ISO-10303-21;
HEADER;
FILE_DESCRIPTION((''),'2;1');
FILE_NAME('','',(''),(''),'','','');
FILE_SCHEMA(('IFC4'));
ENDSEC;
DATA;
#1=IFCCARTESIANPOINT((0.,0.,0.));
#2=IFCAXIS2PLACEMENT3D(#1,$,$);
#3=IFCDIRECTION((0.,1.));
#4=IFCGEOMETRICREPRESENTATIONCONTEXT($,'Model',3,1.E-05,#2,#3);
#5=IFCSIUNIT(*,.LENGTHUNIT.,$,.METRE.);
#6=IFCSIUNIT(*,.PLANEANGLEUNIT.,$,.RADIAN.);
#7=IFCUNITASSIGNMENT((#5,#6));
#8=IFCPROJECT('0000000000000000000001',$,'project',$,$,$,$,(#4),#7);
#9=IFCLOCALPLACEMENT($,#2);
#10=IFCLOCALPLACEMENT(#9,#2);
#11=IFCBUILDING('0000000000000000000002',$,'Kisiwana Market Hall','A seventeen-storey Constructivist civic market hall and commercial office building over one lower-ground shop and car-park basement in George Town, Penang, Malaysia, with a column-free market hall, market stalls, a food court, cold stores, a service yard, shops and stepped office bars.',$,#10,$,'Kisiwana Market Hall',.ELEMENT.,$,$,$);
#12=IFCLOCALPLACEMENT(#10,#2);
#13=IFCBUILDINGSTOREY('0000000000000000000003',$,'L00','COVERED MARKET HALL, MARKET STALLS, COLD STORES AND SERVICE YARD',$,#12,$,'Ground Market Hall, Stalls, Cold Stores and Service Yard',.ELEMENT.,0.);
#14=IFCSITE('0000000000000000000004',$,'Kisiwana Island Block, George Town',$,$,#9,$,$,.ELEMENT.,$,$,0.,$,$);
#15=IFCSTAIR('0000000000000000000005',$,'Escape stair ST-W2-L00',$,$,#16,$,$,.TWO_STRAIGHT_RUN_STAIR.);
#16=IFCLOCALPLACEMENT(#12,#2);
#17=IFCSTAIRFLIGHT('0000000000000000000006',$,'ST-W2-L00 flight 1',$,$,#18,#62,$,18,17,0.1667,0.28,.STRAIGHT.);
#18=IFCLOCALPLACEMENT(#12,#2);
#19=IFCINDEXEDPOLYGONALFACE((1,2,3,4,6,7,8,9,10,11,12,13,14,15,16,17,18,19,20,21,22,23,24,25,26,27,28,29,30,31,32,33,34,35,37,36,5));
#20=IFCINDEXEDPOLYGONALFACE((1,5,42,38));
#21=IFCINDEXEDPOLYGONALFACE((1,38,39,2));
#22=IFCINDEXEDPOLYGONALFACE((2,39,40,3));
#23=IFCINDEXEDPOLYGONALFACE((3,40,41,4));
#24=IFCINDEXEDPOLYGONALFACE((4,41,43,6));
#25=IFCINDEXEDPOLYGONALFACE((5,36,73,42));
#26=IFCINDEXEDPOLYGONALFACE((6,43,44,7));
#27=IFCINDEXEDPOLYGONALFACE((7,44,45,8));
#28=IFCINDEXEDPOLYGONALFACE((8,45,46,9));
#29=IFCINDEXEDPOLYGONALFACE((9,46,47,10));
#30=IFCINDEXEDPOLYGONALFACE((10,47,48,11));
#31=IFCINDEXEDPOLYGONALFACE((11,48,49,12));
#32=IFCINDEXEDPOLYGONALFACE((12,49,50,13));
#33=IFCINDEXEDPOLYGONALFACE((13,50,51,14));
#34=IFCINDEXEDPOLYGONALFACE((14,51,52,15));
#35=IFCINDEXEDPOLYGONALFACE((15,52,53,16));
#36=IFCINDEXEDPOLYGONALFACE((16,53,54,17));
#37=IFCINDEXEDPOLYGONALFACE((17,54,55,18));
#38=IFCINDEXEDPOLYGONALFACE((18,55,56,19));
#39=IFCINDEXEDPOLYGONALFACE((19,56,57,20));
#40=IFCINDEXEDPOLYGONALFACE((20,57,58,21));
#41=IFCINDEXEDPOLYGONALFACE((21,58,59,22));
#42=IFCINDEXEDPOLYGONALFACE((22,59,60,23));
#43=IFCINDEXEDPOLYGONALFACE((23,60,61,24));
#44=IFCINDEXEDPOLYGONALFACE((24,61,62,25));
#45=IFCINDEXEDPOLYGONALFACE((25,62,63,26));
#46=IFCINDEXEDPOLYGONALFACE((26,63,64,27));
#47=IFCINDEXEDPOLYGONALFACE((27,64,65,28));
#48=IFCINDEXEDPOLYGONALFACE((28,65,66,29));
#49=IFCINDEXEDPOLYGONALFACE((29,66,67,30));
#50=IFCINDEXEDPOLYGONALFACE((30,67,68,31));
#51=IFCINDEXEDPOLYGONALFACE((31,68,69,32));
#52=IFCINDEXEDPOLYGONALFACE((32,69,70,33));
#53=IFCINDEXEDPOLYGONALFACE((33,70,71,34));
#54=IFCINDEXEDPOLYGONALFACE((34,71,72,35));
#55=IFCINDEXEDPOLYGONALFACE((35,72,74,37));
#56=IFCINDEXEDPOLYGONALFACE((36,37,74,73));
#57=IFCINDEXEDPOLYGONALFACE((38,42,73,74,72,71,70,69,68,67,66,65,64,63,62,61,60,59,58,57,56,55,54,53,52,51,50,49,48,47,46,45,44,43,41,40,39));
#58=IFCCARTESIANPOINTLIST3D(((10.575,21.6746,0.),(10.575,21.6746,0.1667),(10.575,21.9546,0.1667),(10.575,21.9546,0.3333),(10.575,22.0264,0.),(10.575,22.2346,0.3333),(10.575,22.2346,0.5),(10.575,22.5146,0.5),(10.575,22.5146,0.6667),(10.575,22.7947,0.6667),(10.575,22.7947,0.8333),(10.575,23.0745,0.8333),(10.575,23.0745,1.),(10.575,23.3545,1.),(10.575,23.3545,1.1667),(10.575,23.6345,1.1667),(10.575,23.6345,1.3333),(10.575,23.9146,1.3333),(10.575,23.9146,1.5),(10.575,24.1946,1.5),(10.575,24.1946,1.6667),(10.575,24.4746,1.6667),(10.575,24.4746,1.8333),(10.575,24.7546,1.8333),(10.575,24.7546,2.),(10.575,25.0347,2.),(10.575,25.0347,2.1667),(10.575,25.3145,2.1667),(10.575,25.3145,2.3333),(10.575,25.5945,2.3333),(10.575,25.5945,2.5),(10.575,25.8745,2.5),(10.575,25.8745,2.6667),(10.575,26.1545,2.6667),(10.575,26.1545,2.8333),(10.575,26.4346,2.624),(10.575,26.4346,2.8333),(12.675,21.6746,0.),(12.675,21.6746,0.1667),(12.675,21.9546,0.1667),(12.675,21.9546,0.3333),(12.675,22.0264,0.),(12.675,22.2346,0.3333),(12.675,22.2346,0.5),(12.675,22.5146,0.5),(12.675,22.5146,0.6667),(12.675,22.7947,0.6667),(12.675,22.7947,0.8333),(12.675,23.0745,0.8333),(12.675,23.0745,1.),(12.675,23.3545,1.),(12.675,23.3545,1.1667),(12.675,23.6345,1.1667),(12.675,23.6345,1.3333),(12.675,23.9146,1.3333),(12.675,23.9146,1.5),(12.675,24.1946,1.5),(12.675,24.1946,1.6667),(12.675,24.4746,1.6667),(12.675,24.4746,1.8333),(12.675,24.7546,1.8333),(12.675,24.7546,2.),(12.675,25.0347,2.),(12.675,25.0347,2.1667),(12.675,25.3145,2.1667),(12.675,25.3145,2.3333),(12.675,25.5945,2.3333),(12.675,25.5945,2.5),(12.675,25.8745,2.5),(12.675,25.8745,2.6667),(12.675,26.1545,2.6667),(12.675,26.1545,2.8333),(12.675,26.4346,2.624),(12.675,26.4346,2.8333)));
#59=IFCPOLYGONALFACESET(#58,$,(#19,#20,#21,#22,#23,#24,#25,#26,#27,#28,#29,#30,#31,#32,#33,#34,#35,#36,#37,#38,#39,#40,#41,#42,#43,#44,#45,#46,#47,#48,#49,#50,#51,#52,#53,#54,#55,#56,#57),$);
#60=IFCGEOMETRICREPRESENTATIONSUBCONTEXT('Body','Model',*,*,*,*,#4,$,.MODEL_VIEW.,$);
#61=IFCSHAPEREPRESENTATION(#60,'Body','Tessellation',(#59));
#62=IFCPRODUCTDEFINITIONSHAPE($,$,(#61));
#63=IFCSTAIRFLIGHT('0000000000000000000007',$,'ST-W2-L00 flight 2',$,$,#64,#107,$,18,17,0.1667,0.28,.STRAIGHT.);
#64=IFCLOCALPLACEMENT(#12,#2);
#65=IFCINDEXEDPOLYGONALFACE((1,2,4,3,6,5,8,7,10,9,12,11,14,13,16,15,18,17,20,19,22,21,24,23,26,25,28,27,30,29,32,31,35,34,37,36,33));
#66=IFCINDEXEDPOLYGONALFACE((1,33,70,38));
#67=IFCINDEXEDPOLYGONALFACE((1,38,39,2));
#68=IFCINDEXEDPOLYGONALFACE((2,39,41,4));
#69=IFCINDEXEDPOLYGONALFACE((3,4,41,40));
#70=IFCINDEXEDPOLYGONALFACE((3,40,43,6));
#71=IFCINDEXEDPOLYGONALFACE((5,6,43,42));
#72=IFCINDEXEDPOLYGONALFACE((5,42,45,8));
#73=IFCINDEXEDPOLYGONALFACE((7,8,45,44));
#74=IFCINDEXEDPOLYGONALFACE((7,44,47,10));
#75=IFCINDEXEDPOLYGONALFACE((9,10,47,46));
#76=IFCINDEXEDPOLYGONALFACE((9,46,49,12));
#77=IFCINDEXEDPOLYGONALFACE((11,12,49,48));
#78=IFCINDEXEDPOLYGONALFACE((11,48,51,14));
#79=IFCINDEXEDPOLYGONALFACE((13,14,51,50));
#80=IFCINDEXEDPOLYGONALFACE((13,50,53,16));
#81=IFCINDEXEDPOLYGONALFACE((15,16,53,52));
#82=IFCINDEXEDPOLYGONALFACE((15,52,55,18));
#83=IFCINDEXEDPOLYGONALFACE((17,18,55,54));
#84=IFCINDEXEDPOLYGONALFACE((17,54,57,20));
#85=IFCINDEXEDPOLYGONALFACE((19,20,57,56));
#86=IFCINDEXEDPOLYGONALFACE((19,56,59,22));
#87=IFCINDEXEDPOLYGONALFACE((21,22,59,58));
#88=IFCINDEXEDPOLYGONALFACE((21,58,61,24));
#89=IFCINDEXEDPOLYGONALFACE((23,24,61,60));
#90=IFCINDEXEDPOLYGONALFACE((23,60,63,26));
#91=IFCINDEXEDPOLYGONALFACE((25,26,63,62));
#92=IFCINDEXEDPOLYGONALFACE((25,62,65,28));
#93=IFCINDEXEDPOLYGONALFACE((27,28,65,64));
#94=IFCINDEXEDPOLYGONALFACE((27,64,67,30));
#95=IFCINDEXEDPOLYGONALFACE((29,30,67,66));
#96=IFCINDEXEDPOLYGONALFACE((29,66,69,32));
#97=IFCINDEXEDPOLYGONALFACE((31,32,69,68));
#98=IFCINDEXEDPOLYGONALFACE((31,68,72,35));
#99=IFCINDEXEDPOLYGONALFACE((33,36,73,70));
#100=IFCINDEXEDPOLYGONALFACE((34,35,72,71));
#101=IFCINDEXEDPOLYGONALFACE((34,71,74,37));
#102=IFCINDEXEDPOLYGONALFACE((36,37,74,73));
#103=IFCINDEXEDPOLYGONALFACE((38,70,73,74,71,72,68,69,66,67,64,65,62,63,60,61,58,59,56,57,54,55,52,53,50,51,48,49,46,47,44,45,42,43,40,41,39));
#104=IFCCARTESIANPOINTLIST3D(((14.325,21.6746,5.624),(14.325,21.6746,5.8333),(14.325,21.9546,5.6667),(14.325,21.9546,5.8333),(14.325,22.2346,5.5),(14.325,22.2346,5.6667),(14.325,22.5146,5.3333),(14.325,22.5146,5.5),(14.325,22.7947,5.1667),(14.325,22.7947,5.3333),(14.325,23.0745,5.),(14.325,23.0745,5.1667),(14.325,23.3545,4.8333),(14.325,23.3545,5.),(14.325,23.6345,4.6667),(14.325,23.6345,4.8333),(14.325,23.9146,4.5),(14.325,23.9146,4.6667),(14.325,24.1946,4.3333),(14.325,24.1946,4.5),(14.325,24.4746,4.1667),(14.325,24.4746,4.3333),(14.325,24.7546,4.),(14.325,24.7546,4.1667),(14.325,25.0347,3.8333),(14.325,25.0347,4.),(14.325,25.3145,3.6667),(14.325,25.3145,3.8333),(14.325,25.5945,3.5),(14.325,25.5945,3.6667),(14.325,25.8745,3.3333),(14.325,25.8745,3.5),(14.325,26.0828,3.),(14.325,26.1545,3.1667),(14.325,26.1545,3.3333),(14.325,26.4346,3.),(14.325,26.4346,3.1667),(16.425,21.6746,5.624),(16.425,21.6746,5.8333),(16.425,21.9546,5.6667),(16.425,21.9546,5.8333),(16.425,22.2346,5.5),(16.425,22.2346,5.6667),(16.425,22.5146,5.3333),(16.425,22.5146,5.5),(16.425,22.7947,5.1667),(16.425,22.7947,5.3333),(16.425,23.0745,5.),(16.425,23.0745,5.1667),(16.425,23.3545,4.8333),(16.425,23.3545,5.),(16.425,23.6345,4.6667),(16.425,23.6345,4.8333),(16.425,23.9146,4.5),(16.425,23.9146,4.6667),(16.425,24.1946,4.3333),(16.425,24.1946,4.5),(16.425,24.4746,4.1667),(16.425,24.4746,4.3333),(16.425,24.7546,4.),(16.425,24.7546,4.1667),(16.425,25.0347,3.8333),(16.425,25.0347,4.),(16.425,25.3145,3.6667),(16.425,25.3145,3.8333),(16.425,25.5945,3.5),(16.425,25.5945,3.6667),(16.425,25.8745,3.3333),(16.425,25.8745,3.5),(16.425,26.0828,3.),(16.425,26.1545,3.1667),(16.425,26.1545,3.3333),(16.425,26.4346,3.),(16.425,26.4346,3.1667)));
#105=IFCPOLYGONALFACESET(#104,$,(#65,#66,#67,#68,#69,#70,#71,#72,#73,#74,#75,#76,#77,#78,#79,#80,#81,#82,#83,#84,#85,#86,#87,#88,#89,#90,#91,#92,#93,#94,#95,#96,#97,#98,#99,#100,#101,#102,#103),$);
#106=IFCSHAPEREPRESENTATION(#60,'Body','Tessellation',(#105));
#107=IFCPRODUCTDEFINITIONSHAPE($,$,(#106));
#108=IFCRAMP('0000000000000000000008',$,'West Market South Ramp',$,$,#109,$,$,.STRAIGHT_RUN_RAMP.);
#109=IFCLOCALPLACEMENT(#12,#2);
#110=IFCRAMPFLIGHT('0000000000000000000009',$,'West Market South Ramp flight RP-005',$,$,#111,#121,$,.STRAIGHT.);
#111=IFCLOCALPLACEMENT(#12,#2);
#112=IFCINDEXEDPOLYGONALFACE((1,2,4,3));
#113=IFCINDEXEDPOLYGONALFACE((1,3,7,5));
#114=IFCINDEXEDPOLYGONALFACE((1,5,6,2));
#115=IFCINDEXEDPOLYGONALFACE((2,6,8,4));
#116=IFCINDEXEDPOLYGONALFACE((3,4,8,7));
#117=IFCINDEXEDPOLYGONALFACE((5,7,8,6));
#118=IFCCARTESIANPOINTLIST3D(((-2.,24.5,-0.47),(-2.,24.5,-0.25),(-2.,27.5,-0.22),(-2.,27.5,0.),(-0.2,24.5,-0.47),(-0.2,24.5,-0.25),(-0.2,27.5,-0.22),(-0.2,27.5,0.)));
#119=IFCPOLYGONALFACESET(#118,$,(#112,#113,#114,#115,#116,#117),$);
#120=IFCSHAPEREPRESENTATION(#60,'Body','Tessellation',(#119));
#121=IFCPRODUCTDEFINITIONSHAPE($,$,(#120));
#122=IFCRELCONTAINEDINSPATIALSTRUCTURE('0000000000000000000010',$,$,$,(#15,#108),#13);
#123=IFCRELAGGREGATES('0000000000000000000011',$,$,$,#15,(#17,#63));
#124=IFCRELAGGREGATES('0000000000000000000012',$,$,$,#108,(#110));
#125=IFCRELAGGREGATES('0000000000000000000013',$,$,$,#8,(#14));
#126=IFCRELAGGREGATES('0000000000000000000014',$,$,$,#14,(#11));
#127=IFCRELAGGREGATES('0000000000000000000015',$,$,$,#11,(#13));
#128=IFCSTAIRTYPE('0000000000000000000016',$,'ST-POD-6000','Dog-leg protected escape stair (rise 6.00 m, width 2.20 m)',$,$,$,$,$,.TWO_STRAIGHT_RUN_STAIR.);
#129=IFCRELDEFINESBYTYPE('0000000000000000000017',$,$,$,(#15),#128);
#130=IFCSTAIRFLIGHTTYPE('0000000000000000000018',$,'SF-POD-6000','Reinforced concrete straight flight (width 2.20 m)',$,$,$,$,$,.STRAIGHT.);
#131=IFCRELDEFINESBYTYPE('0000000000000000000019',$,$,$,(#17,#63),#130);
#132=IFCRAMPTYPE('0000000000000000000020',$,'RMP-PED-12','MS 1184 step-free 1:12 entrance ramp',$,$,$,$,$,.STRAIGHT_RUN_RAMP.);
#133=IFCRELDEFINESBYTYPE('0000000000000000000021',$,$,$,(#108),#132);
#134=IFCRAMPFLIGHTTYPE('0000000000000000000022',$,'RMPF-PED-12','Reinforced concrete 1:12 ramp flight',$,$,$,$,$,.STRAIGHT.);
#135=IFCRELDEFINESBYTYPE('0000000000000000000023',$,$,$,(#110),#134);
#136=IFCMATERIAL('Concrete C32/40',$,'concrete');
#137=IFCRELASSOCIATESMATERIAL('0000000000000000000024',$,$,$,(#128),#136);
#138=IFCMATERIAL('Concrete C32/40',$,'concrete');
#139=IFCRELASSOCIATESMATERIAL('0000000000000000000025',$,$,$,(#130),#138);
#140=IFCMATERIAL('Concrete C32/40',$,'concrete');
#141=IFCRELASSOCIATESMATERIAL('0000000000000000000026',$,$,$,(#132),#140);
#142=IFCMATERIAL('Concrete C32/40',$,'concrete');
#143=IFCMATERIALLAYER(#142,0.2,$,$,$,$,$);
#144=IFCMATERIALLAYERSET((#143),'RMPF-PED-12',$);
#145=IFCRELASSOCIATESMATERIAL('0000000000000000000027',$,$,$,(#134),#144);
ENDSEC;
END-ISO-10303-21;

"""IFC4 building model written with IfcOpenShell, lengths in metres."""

from ifc_helpers import new_model, si_unit, direction, frame, origin, place, context, subcontext, project, spatial, polyline, outline, extrude, material, layer, layer_set, type_object, element, aggregate, save


model = new_model("IFC4")

# Units and contexts
model_context = context("Model", 3, precision=1e-05, world=origin(), true_north=direction((0.0, 1.0)))
body_context = subcontext(model_context, "Body", "Model", "MODEL_VIEW")
ifc_project = project(units=[si_unit("LENGTHUNIT", "METRE"), si_unit("PLANEANGLEUNIT", "RADIAN")], contexts=[model_context])

# Site, building, storey
site_placement = place(None, origin())
site = spatial("IfcSite", under=ifc_project, at=site_placement, Name="Kisiwana Island Block, George Town", CompositionType="ELEMENT", RefElevation=0.0)
building_placement = place(site_placement, origin())
building = spatial("IfcBuilding", under=site, at=building_placement, Name="Kisiwana Market Hall", Description="A seventeen-storey Constructivist civic market hall and commercial office building over one lower-ground shop and car-park basement in George Town, Penang, Malaysia, with a column-free market hall, market stalls, a food court, cold stores, a service yard, shops and stepped office bars.", LongName="Kisiwana Market Hall", CompositionType="ELEMENT")
storey_placement = place(building_placement, origin())
storey = spatial("IfcBuildingStorey", under=building, at=storey_placement, Name="L00", Description="COVERED MARKET HALL, MARKET STALLS, COLD STORES AND SERVICE YARD", LongName="Ground Market Hall, Stalls, Cold Stores and Service Yard", CompositionType="ELEMENT", Elevation=0.0)

# Stair, stair flights
ifc_material_1 = material(Name="Concrete C32/40", Category="concrete")
stair_type = type_object("IfcStairType", Name="ST-POD-6000", Description="Dog-leg protected escape stair (rise 6.00 m, width 2.20 m)", PredefinedType="TWO_STRAIGHT_RUN_STAIR", material=ifc_material_1)
stair_placement = place(storey_placement, origin())
stair = element("IfcStair", 1, at=stair_placement, inside=storey, type_object=stair_type, Name="Escape stair ST-W2-L00", PredefinedType="TWO_STRAIGHT_RUN_STAIR")
ifc_material_2 = material(Name="Concrete C32/40", Category="concrete")
stair_flight_type = type_object("IfcStairFlightType", Name="SF-POD-6000", Description="Reinforced concrete straight flight (width 2.20 m)", PredefinedType="STRAIGHT", material=ifc_material_2)
stair_flight_1_placement = place(storey_placement, frame((11.625, 21.6746, 0.0), z_axis=(0.0, 0.0, 1.0), x_axis=(0.0, 1.0, 0.0)))
stair_flight_1 = element("IfcStairFlight", 2, at=stair_flight_1_placement, type_object=stair_flight_type, Name="ST-W2-L00 flight 1", NumberOfRisers=18, NumberOfTreads=17, PredefinedType="STRAIGHT", RiserHeight=0.1667, TreadLength=0.28, context=body_context, shape_type="SweptSolid", body=[
    extrude(outline(polyline([(0.0, 0.0), (0.0, 0.1667), (0.28, 0.1667), (0.28, 0.3333), (0.5601, 0.3333), (0.5601, 0.5), (0.8401, 0.5), (0.8401, 0.6667), (1.1201, 0.6667), (1.1201, 0.8333), (1.3999, 0.8333), (1.3999, 1.0), (1.6799, 1.0), (1.6799, 1.1667), (1.96, 1.1667), (1.96, 1.3333), (2.24, 1.3333), (2.24, 1.5), (2.52, 1.5), (2.52, 1.6667), (2.8, 1.6667), (2.8, 1.8333), (3.0801, 1.8333), (3.0801, 2.0), (3.3601, 2.0), (3.3601, 2.1667), (3.6399, 2.1667), (3.6399, 2.3333), (3.9199, 2.3333), (3.9199, 2.5), (4.2, 2.5), (4.2, 2.6667), (4.48, 2.6667), (4.48, 2.8333), (4.76, 2.8333), (4.76, 3.0), (4.76, 2.624), (0.3518, 0.0), (0.0, 0.0)])), frame((0.0, 1.05, 0.0), z_axis=(0.0, -1.0, 0.0), x_axis=(1.0, 0.0, 0.0)), (0.0, 0.0, 1.0), 2.1001),
])
stair_flight_2_placement = place(storey_placement, frame((15.375, 26.4346, 3.0), z_axis=(0.0, 0.0, 1.0), x_axis=(0.0, -1.0, 0.0)))
stair_flight_2 = element("IfcStairFlight", 3, at=stair_flight_2_placement, type_object=stair_flight_type, Name="ST-W2-L00 flight 2", NumberOfRisers=18, NumberOfTreads=17, PredefinedType="STRAIGHT", RiserHeight=0.1667, TreadLength=0.28, context=body_context, shape_type="SweptSolid", body=[
    extrude(outline(polyline([(0.0, 0.0), (0.0, 0.1667), (0.28, 0.1667), (0.28, 0.3333), (0.5601, 0.3333), (0.5601, 0.5), (0.8401, 0.5), (0.8401, 0.6667), (1.1201, 0.6667), (1.1201, 0.8333), (1.3999, 0.8333), (1.3999, 1.0), (1.6799, 1.0), (1.6799, 1.1667), (1.96, 1.1667), (1.96, 1.3333), (2.24, 1.3333), (2.24, 1.5), (2.52, 1.5), (2.52, 1.6667), (2.8, 1.6667), (2.8, 1.8333), (3.0801, 1.8333), (3.0801, 2.0), (3.3601, 2.0), (3.3601, 2.1667), (3.6399, 2.1667), (3.6399, 2.3333), (3.9199, 2.3333), (3.9199, 2.5), (4.2, 2.5), (4.2, 2.6667), (4.48, 2.6667), (4.48, 2.8333), (4.76, 2.8333), (4.76, 3.0), (4.76, 2.624), (0.3518, 0.0), (0.0, 0.0)])), frame((0.0, 1.05, 0.0), z_axis=(0.0, -1.0, 0.0), x_axis=(1.0, 0.0, 0.0)), (0.0, 0.0, 1.0), 2.1001),
])
aggregate(stair, [stair_flight_1, stair_flight_2])

# Ramp, ramp flight
ifc_material_3 = material(Name="Concrete C32/40", Category="concrete")
ramp_type = type_object("IfcRampType", Name="RMP-PED-12", Description="MS 1184 step-free 1:12 entrance ramp", PredefinedType="STRAIGHT_RUN_RAMP", material=ifc_material_3)
ramp_placement = place(storey_placement, origin())
ramp = element("IfcRamp", 4, at=ramp_placement, inside=storey, type_object=ramp_type, Name="West Market South Ramp", PredefinedType="STRAIGHT_RUN_RAMP")
ifc_material_4 = material(Name="Concrete C32/40", Category="concrete")
ifc_layer_1 = layer(ifc_material_4, 0.2)
ifc_layer_set_1 = layer_set([ifc_layer_1], Name="RMPF-PED-12")
ramp_flight_type = type_object("IfcRampFlightType", Name="RMPF-PED-12", Description="Reinforced concrete 1:12 ramp flight", PredefinedType="STRAIGHT", material=ifc_layer_set_1)
ramp_flight_placement = place(storey_placement, frame((-1.1001, 24.5, -0.25), z_axis=(0.0, 0.0, 1.0), x_axis=(0.0, 1.0, 0.0)))
ramp_flight = element("IfcRampFlight", 5, at=ramp_flight_placement, type_object=ramp_flight_type, Name="West Market South Ramp flight RP-005", PredefinedType="STRAIGHT", context=body_context, shape_type="SweptSolid", body=[
    extrude(outline(polyline([(0.0, -0.22), (3.0, 0.03), (3.0, 0.25), (0.0, 0.0), (0.0, -0.22)])), frame((0.0, 0.8999, 0.0), z_axis=(0.0, -1.0, 0.0), x_axis=(1.0, 0.0, 0.0)), (0.0, 0.0, 1.0), 1.8),
])
aggregate(ramp, [ramp_flight])

save(model, "model.ifc")
